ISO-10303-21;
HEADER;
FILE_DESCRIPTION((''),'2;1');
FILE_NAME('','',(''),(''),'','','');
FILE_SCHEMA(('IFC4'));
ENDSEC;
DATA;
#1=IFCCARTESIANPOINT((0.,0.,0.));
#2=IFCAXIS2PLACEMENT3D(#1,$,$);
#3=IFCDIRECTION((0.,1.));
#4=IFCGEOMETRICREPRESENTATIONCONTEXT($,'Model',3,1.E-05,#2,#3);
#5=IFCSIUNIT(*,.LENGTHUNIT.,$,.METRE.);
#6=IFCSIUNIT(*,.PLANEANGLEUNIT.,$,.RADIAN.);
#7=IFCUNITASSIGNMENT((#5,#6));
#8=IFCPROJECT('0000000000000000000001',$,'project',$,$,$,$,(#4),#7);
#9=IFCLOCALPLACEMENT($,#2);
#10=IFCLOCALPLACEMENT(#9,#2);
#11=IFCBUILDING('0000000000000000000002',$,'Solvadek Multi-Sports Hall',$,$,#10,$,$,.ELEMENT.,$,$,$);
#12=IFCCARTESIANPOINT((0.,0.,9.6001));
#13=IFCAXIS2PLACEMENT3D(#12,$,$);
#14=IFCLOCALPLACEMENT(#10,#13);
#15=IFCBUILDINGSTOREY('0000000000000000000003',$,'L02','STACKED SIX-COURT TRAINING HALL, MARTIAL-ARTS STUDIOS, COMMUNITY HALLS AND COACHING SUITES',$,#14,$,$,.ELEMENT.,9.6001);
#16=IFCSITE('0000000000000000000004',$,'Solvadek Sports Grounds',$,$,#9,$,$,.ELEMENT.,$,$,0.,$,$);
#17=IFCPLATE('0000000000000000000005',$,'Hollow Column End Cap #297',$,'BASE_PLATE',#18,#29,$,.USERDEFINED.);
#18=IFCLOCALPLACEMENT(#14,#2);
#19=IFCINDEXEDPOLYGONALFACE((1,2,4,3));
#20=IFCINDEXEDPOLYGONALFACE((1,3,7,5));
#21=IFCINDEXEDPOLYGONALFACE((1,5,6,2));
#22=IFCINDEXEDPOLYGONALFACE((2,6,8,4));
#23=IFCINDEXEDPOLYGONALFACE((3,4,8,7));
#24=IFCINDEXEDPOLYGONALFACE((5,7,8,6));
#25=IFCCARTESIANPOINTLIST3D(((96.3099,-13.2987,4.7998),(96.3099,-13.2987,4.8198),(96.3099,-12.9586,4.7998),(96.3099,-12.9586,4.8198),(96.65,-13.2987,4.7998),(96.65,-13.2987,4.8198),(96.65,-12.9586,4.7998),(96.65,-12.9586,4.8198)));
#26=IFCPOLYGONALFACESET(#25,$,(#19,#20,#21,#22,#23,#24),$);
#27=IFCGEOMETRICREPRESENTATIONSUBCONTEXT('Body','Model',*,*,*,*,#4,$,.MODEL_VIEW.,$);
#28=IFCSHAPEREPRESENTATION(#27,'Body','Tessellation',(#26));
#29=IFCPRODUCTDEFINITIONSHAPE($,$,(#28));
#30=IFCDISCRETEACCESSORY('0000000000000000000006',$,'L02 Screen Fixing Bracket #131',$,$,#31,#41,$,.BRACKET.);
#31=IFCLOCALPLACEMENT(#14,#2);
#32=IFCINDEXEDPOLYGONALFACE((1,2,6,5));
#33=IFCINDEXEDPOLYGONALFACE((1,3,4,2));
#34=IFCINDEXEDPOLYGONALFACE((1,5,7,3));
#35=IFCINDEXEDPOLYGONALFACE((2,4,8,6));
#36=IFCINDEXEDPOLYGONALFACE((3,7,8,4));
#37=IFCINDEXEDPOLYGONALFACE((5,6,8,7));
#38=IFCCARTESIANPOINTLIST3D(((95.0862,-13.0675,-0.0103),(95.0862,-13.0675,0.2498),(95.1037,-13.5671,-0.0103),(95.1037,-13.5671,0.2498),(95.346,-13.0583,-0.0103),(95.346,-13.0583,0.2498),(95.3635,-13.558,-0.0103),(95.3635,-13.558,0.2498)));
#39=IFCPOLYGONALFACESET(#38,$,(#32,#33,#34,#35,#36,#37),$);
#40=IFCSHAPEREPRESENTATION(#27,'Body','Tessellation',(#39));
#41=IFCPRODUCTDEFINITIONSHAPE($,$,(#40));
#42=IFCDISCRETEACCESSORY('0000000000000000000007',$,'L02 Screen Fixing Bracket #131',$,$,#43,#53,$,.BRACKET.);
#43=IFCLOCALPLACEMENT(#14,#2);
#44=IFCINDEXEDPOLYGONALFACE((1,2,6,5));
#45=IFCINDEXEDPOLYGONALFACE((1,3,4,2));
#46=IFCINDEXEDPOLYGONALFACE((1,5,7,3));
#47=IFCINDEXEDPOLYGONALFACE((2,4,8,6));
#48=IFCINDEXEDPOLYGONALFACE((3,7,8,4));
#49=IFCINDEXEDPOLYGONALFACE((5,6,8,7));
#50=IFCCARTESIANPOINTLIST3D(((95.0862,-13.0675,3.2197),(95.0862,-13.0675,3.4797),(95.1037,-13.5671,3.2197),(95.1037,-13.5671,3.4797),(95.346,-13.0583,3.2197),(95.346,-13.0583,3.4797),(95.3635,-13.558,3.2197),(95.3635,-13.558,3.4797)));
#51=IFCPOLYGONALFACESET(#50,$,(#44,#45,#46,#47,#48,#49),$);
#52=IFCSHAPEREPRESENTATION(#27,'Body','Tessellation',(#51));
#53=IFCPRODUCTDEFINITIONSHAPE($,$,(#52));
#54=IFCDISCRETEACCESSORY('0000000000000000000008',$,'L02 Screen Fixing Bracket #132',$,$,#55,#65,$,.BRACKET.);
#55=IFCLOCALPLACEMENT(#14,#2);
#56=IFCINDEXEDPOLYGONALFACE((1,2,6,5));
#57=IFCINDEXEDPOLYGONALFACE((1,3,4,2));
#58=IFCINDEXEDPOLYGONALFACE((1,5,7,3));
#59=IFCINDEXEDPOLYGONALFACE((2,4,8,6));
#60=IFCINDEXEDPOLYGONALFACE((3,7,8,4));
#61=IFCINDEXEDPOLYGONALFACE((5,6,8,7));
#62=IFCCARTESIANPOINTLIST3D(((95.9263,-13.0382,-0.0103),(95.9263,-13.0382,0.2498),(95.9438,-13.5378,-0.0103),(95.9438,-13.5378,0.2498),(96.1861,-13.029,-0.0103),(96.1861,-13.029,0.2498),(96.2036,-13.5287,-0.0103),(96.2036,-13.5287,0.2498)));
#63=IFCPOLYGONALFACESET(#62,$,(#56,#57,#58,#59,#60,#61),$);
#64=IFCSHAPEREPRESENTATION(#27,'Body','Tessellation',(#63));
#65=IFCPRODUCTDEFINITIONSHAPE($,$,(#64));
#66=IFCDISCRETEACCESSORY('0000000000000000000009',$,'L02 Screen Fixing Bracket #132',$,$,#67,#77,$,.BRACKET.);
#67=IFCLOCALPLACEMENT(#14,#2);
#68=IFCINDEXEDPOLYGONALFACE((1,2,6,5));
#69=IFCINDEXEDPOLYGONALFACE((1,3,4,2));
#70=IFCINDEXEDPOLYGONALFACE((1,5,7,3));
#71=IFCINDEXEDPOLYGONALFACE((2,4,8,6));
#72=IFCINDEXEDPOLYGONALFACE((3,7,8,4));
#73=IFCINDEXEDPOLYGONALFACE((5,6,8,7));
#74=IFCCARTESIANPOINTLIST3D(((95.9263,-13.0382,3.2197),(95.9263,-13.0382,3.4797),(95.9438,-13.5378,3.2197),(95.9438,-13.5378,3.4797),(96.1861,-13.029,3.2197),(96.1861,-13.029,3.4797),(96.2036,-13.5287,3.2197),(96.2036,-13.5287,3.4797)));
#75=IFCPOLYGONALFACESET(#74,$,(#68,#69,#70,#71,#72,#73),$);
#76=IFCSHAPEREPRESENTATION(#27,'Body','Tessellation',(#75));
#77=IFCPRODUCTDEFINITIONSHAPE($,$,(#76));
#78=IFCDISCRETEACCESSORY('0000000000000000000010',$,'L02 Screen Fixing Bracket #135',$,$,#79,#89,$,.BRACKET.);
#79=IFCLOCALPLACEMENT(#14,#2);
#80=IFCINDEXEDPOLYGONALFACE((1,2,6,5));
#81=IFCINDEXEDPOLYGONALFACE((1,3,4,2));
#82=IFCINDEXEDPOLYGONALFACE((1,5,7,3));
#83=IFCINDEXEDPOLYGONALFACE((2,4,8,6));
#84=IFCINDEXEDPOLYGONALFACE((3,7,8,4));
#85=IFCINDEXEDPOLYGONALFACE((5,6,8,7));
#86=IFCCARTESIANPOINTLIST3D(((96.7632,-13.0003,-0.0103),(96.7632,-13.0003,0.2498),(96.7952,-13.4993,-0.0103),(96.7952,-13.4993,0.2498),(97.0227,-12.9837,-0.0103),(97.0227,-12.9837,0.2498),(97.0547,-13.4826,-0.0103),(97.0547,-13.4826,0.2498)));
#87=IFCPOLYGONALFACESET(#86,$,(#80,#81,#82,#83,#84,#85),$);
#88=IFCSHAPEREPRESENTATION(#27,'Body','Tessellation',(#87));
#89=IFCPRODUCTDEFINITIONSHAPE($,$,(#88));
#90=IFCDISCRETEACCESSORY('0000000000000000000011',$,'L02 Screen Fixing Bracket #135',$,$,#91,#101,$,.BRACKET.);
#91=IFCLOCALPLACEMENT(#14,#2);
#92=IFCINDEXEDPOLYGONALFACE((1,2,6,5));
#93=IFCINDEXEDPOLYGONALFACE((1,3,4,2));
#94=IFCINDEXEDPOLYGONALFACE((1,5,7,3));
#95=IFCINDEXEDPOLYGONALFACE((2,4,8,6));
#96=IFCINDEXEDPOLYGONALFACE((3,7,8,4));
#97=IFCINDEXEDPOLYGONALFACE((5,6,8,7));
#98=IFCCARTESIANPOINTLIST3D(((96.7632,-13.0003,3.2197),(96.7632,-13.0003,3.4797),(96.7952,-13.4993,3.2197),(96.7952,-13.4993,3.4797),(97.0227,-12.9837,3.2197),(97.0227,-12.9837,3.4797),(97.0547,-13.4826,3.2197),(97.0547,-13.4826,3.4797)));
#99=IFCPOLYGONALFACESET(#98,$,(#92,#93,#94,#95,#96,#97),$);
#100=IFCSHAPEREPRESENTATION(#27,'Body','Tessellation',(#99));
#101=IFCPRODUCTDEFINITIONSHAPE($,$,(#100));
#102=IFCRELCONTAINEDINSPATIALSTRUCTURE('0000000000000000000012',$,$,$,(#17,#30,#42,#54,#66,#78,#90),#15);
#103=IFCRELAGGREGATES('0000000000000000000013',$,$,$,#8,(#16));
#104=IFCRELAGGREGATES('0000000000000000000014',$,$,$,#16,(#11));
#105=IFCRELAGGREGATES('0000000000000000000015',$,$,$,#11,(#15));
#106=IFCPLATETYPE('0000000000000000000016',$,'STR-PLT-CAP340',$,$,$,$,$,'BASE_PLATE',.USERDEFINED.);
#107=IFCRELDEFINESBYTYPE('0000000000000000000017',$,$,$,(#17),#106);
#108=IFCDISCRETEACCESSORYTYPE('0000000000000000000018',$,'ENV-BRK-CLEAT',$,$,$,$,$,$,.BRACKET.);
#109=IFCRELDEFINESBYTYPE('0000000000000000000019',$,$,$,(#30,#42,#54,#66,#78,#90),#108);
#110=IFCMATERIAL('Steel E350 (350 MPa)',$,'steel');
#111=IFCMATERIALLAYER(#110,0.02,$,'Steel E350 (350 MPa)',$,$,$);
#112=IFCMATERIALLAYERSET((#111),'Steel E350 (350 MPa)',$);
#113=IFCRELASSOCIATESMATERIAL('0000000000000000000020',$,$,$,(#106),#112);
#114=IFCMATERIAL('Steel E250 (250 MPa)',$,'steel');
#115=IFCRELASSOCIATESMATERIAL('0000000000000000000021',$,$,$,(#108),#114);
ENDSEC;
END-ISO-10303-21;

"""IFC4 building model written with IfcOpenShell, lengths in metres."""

from ifc_helpers import new_model, si_unit, direction, frame, origin, origin_2d, place, context, subcontext, project, spatial, rectangle, extrude, material, layer, layer_set, type_object, element, save


model = new_model("IFC4")

# Units and contexts
model_context = context("Model", 3, precision=1e-05, world=origin(), true_north=direction((0.0, 1.0)))
body_context = subcontext(model_context, "Body", "Model", "MODEL_VIEW")
ifc_project = project(units=[si_unit("LENGTHUNIT", "METRE"), si_unit("PLANEANGLEUNIT", "RADIAN")], contexts=[model_context])

# Site, building, storey
site_placement = place(None, origin())
site = spatial("IfcSite", under=ifc_project, at=site_placement, Name="Solvadek Sports Grounds", CompositionType="ELEMENT", RefElevation=0.0)
building_placement = place(site_placement, origin())
building = spatial("IfcBuilding", under=site, at=building_placement, Name="Solvadek Multi-Sports Hall", CompositionType="ELEMENT")
storey_placement = place(building_placement, frame((0.0, 0.0, 9.6001)))
storey = spatial("IfcBuildingStorey", under=building, at=storey_placement, Name="L02", Description="STACKED SIX-COURT TRAINING HALL, MARTIAL-ARTS STUDIOS, COMMUNITY HALLS AND COACHING SUITES", CompositionType="ELEMENT", Elevation=9.6001)

# Shared definitions
ifc_material_1 = material(Name="Steel E350 (350 MPa)", Category="steel")

# Shared definitions
ifc_material_2 = material(Name="Steel E250 (250 MPa)", Category="steel")

# Plate
ifc_layer_1 = layer(ifc_material_1, 0.02, Name="Steel E350 (350 MPa)")
ifc_layer_set_1 = layer_set([ifc_layer_1], Name="Steel E350 (350 MPa)")
plate_type_1 = type_object("IfcPlateType", Name="STR-PLT-CAP340", ElementType="BASE_PLATE", PredefinedType="USERDEFINED", material=ifc_layer_set_1)
plate_1_placement = place(storey_placement, frame((96.48, -13.1287, 4.7998), z_axis=(0.0, 0.0, 1.0), x_axis=(1.0, 0.0, 0.0)))
element("IfcPlate", 1, at=plate_1_placement, inside=storey, type_object=plate_type_1, Name="Hollow Column End Cap #297", ObjectType="BASE_PLATE", PredefinedType="USERDEFINED", context=body_context, shape_type="SweptSolid", body=[
    extrude(rectangle(XDim=0.3401, YDim=0.3401, at=origin_2d()), origin(), (0.0, 0.0, 1.0), 0.02),
])

# Discrete accessories
discrete_accessory_type = type_object("IfcDiscreteAccessoryType", Name="ENV-BRK-CLEAT", PredefinedType="BRACKET", material=ifc_material_2)
for number, where, z_axis, x_axis, name in (
    (2, (95.2249, -13.3127, -0.0103), (0.0, 0.0, 1.0), (0.999386, 0.035038, 0.0), "L02 Screen Fixing Bracket #131"),
    (3, (95.2249, -13.3127, 3.2197), (0.0, 0.0, 1.0), (0.999386, 0.035038, 0.0), "L02 Screen Fixing Bracket #131"),
    (4, (96.0649, -13.2834, -0.0103), (0.0, 0.0, 1.0), (0.999386, 0.035038, 0.0), "L02 Screen Fixing Bracket #132"),
    (5, (96.0649, -13.2834, 3.2197), (0.0, 0.0, 1.0), (0.999386, 0.035038, 0.0), "L02 Screen Fixing Bracket #132"),
    (6, (96.9089, -13.2415, -0.0103), (0.0, 0.0, 1.0), (0.997955, 0.063917, 0.0), "L02 Screen Fixing Bracket #135"),
    (7, (96.9089, -13.2415, 3.2197), (0.0, 0.0, 1.0), (0.997955, 0.063917, 0.0), "L02 Screen Fixing Bracket #135"),
):
    element("IfcDiscreteAccessory", number, at=place(storey_placement, frame(where, z_axis=z_axis, x_axis=x_axis)), inside=storey, type_object=discrete_accessory_type, Name=name, PredefinedType="BRACKET", context=body_context, shape_type="SweptSolid", body=[
        extrude(rectangle(XDim=0.26, YDim=0.5, at=origin_2d()), origin(), (0.0, 0.0, 1.0), 0.26),
    ])

save(model, "model.ifc")
